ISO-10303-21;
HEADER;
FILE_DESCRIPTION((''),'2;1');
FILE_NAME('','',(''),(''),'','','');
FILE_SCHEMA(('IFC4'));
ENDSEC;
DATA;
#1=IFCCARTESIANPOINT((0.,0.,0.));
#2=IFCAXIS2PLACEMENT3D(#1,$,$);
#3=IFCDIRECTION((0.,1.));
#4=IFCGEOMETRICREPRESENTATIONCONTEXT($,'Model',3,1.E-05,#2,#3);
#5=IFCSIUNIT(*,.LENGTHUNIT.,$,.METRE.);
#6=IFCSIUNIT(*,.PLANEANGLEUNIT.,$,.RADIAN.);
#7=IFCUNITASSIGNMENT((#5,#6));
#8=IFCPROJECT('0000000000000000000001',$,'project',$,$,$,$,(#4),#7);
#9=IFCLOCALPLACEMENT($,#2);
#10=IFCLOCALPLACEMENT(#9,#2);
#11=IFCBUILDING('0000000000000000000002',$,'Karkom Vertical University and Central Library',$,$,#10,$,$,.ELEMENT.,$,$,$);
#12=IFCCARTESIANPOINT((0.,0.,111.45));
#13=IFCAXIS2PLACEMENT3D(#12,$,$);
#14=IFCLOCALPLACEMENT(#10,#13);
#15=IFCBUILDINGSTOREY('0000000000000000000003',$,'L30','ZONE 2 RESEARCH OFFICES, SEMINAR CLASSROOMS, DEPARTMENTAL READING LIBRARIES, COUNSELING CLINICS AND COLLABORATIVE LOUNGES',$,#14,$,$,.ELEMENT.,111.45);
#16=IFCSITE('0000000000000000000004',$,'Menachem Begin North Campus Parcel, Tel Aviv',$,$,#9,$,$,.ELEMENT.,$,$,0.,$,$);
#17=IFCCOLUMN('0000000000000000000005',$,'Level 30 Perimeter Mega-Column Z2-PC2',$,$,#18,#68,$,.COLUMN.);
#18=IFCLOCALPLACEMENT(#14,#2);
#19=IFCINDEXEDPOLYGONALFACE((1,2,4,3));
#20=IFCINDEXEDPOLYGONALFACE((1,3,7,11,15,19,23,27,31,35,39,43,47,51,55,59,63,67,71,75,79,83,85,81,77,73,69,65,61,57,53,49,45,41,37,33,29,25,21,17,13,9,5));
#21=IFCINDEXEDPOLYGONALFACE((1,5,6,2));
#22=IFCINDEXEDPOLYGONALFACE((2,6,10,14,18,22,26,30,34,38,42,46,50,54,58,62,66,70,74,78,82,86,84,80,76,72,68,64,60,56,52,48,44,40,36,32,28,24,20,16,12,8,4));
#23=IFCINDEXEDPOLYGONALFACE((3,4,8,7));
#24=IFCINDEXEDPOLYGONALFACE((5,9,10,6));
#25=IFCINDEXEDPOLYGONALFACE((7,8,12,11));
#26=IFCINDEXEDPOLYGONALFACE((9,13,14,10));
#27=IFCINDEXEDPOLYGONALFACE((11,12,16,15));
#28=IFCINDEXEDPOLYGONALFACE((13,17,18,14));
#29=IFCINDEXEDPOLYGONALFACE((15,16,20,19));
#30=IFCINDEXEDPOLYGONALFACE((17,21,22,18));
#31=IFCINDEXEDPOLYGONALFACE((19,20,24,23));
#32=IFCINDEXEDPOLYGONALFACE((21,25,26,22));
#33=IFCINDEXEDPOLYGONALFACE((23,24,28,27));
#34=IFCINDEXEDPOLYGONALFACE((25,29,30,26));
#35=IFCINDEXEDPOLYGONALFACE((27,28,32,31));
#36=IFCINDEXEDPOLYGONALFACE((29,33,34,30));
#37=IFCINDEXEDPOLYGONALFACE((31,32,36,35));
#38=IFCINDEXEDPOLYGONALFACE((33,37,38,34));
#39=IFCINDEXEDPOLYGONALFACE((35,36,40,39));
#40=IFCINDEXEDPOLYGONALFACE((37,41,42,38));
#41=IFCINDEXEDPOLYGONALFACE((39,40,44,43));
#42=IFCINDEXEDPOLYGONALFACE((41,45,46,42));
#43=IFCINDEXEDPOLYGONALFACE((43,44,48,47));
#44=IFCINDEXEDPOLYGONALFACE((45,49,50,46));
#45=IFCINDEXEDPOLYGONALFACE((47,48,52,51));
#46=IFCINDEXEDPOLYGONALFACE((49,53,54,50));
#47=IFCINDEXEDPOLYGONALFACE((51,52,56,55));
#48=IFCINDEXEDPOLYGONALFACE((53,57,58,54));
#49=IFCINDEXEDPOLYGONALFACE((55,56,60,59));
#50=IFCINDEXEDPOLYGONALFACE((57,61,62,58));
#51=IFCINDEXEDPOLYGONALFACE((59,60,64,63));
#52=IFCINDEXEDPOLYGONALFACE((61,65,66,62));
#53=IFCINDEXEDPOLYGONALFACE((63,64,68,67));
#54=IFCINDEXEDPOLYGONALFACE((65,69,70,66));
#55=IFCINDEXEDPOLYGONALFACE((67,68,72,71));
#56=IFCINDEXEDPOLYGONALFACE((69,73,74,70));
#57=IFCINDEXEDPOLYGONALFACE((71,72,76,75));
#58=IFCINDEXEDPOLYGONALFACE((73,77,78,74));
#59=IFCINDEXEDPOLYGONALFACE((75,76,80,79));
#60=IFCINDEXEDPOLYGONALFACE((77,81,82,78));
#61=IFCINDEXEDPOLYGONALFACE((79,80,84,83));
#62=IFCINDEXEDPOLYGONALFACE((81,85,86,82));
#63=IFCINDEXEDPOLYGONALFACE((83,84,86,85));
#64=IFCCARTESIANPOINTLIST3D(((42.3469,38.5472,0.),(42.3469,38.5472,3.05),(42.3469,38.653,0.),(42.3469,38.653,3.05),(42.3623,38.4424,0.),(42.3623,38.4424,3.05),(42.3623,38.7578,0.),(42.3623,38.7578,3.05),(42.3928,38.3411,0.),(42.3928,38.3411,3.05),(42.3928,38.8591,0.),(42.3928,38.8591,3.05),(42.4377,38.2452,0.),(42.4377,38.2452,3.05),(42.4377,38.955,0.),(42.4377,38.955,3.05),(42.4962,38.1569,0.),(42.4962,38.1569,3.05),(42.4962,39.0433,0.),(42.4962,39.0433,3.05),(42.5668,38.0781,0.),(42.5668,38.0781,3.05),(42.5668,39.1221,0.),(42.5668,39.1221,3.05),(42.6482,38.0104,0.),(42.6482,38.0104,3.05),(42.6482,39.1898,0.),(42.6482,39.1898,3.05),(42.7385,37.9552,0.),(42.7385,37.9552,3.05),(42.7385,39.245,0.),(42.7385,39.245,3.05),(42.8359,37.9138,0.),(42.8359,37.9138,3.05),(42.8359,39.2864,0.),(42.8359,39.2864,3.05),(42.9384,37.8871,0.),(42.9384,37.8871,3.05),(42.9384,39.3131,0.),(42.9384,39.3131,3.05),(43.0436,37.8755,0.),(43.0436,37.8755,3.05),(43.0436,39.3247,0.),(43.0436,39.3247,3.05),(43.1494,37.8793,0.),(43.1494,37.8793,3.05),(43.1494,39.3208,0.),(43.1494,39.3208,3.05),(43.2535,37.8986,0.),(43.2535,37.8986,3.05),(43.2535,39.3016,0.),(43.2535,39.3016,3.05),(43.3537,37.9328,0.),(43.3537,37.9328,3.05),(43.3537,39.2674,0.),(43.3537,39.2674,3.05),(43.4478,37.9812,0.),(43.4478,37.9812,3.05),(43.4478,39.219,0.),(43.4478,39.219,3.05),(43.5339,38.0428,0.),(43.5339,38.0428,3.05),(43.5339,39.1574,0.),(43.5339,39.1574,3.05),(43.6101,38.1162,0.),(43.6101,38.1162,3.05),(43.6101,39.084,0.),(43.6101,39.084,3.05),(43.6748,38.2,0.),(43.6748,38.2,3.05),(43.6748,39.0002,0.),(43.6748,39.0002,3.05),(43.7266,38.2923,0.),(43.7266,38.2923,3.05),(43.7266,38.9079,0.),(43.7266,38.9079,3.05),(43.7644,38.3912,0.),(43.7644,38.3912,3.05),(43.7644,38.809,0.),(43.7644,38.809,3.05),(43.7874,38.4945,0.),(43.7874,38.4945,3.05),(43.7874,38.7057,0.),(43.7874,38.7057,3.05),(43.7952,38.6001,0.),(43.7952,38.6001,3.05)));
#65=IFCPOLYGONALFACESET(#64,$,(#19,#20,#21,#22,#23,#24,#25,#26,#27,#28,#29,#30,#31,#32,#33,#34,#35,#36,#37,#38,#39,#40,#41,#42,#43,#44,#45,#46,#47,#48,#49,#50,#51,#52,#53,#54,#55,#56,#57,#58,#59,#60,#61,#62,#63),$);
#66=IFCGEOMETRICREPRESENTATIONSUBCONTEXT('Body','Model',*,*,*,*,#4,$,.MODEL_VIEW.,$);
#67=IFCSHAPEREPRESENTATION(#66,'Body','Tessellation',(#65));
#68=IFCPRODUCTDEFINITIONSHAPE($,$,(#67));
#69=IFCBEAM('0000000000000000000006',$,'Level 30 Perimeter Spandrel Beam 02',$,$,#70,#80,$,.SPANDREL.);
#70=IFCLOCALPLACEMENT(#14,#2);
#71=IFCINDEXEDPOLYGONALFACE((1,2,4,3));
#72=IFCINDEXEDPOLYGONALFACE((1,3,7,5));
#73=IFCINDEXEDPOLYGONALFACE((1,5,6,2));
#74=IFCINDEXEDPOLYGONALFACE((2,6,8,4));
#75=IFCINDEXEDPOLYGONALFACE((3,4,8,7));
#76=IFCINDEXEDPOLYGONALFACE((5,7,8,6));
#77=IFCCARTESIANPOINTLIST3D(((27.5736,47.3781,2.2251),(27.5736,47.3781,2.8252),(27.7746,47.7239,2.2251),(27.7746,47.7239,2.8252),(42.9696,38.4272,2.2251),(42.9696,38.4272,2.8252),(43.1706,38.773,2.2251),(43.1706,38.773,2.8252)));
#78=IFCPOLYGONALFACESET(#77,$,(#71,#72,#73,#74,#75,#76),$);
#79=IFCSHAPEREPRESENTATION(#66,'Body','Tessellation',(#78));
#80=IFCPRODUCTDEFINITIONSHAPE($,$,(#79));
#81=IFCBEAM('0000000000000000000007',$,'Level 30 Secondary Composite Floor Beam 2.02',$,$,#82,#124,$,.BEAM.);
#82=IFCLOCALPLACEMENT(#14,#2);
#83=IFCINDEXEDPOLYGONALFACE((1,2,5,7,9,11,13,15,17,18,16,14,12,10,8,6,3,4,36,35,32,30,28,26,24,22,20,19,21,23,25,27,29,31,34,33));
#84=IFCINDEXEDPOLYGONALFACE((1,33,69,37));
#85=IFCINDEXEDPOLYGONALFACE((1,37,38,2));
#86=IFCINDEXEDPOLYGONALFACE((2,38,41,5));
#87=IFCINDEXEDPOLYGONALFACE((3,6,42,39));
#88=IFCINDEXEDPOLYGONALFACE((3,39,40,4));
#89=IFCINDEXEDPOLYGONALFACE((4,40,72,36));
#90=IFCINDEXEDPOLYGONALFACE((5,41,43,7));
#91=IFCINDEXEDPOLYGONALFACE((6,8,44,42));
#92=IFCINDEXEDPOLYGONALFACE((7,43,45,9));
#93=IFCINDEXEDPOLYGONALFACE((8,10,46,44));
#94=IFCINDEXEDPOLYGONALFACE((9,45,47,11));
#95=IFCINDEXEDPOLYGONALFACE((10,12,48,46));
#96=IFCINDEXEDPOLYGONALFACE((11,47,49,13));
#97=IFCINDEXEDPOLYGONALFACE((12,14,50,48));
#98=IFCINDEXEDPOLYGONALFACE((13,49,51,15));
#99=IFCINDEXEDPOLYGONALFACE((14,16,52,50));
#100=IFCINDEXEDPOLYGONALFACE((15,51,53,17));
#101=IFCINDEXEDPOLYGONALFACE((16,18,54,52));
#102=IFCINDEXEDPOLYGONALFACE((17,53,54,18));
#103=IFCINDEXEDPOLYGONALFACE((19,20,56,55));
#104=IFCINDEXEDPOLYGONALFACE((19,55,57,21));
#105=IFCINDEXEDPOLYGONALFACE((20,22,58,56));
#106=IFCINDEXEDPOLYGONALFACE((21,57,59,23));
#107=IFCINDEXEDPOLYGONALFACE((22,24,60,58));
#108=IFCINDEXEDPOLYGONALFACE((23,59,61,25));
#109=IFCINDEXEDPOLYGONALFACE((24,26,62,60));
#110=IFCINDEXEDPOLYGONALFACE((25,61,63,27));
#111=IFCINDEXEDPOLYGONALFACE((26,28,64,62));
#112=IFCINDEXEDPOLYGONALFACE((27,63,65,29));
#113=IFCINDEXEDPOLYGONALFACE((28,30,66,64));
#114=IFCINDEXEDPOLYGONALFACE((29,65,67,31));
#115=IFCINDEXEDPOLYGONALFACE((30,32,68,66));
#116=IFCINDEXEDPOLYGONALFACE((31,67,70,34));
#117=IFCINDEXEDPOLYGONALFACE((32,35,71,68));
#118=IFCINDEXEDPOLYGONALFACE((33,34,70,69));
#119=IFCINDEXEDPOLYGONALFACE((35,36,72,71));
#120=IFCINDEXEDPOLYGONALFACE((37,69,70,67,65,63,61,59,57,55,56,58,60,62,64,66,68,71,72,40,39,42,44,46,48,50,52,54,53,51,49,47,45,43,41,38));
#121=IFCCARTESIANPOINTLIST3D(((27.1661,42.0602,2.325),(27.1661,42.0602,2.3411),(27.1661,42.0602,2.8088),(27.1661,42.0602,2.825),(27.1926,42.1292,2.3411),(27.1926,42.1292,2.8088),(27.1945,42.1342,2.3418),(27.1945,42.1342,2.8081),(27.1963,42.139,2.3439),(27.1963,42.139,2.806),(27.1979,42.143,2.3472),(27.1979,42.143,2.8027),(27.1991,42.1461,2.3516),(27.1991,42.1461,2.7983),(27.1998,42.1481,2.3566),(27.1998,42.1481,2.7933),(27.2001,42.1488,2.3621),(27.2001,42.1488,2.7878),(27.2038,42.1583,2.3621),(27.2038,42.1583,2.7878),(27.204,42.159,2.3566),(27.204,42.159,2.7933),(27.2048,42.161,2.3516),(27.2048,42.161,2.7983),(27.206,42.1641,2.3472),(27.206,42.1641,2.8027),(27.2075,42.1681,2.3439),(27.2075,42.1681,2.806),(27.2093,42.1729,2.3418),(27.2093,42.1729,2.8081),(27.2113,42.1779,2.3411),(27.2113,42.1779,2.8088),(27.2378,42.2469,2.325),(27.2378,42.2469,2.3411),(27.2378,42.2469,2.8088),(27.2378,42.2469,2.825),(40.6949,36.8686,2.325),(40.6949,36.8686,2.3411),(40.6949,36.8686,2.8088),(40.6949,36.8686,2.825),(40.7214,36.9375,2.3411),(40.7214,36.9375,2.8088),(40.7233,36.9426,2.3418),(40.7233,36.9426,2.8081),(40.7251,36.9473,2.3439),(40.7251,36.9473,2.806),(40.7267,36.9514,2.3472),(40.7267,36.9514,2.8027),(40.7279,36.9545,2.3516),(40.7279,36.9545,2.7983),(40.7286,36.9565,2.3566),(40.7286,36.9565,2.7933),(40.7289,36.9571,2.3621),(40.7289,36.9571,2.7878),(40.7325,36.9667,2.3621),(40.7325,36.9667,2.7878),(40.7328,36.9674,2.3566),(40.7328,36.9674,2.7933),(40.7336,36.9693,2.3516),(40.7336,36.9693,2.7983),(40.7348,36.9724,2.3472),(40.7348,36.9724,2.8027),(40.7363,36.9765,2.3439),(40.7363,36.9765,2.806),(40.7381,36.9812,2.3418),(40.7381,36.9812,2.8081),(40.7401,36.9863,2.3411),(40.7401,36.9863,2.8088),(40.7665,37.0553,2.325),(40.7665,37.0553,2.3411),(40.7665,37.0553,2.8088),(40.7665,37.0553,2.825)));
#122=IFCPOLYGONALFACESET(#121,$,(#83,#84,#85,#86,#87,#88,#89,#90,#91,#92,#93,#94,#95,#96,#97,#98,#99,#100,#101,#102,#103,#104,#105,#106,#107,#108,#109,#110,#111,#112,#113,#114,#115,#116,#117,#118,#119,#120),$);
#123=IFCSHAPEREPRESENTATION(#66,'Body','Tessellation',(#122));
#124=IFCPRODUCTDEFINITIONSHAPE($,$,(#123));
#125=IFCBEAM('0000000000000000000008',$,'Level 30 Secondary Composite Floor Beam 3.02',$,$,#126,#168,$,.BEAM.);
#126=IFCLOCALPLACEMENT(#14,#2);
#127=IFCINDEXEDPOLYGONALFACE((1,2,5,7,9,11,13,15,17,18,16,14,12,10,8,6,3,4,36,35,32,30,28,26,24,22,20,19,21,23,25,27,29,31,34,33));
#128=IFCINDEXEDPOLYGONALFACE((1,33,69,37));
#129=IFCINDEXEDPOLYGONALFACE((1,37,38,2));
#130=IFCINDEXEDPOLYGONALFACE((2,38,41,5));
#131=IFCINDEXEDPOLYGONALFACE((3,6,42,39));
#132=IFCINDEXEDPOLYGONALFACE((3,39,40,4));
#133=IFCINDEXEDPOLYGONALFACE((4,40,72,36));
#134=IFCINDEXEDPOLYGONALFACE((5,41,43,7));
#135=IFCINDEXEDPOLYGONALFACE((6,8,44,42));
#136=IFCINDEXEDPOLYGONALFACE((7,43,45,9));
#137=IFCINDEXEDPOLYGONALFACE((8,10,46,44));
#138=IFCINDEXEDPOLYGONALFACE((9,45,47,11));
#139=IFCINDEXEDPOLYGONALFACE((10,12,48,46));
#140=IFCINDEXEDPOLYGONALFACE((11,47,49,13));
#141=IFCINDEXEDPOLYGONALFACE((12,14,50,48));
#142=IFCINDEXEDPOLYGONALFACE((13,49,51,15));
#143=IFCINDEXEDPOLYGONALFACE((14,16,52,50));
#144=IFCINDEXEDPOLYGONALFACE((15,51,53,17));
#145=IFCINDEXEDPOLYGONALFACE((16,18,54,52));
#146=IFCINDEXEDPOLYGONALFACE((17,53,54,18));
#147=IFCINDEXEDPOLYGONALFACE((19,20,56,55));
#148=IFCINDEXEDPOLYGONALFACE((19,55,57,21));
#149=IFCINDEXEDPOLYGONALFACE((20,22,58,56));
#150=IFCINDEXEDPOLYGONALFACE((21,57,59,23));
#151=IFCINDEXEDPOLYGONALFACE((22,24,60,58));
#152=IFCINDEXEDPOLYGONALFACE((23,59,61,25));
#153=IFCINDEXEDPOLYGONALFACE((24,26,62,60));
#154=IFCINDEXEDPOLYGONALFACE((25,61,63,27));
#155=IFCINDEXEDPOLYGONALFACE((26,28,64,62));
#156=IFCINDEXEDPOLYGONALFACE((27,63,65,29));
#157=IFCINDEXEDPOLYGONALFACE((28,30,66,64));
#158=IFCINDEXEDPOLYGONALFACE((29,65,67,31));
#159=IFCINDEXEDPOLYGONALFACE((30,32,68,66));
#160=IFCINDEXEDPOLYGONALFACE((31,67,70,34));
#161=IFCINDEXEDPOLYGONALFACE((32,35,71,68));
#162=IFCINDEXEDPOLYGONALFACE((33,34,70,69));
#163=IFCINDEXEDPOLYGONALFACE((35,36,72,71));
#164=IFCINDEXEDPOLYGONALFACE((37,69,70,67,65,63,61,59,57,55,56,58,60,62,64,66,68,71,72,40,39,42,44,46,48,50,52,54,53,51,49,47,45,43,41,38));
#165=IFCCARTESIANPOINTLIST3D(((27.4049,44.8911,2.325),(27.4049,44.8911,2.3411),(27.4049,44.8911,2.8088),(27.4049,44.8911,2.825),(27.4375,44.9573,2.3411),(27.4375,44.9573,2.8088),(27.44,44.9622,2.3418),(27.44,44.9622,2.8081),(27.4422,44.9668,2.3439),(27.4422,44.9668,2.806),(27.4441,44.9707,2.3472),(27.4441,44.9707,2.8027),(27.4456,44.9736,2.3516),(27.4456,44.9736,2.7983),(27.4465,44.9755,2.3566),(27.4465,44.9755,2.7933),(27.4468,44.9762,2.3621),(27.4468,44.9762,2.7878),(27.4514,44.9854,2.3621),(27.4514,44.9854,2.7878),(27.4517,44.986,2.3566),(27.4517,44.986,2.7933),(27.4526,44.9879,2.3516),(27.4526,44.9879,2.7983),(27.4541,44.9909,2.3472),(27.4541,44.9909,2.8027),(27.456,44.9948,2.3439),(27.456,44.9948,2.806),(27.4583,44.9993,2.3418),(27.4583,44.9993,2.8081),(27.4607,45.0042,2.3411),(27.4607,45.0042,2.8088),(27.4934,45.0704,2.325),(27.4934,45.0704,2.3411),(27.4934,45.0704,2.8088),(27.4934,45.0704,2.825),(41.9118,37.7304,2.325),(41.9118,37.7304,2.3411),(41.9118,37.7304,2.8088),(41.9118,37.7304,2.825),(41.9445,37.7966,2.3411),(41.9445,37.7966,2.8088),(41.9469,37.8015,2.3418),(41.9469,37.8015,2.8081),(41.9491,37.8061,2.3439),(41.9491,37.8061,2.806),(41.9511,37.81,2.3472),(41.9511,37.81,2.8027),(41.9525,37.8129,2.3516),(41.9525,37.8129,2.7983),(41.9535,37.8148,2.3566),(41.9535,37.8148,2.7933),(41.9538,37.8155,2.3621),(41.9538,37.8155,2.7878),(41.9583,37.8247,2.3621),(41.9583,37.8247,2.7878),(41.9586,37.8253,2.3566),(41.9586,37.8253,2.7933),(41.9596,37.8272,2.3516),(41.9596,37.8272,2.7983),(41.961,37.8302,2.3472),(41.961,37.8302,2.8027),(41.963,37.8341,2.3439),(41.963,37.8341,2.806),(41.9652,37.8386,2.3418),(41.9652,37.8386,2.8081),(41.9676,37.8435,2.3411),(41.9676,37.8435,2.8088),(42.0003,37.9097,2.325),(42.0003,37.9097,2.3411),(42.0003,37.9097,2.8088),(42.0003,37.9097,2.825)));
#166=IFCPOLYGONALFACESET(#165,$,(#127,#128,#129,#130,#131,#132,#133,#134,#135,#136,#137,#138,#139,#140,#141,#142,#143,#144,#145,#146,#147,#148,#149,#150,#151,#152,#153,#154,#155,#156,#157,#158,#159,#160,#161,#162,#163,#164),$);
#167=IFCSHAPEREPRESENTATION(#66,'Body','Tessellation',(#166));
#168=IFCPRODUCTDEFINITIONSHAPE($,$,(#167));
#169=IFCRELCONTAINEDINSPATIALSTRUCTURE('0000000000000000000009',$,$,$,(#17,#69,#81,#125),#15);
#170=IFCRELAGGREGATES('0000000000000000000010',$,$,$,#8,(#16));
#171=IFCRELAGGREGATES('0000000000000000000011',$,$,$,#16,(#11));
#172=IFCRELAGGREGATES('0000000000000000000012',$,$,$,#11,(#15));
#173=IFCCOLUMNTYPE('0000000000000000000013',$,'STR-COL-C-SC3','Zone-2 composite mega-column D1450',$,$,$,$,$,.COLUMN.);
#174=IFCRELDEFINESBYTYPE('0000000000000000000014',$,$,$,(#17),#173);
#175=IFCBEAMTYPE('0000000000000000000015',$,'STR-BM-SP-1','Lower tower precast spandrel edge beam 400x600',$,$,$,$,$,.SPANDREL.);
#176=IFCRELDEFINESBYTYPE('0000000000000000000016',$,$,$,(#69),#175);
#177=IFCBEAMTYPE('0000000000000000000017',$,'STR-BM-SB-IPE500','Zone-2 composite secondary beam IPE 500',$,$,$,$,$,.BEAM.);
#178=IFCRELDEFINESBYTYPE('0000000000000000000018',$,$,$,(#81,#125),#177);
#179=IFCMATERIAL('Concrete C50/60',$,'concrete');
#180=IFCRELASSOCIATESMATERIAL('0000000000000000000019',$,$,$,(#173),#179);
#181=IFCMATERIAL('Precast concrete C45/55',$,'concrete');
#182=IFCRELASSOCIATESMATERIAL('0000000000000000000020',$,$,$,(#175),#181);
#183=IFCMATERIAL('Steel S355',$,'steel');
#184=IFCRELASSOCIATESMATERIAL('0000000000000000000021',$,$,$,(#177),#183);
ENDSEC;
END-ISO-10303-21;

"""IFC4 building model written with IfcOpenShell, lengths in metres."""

from ifc_helpers import new_model, si_unit, direction, frame, origin, origin_with_axes, origin_2d, place, context, subcontext, project, spatial, rectangle, circle, i_section, extrude, source, transform, mapped, material, material_profile, profile_set, type_object, element, save


model = new_model("IFC4")

# Units and contexts
model_context = context("Model", 3, precision=1e-05, world=origin(), true_north=direction((0.0, 1.0)))
body_context = subcontext(model_context, "Body", "Model", "MODEL_VIEW")
ifc_project = project(units=[si_unit("LENGTHUNIT", "METRE"), si_unit("PLANEANGLEUNIT", "RADIAN")], contexts=[model_context])

# Site, building, storey
site_placement = place(None, origin())
site = spatial("IfcSite", under=ifc_project, at=site_placement, Name="Menachem Begin North Campus Parcel, Tel Aviv", CompositionType="ELEMENT", RefElevation=0.0)
building_placement = place(site_placement, origin())
building = spatial("IfcBuilding", under=site, at=building_placement, Name="Karkom Vertical University and Central Library", CompositionType="ELEMENT")
storey_placement = place(building_placement, frame((0.0, 0.0, 111.45)))
storey = spatial("IfcBuildingStorey", under=building, at=storey_placement, Name="L30", Description="ZONE 2 RESEARCH OFFICES, SEMINAR CLASSROOMS, DEPARTMENTAL READING LIBRARIES, COUNSELING CLINICS AND COLLABORATIVE LOUNGES", CompositionType="ELEMENT", Elevation=111.45)

# Column
ifc_material_1 = material(Name="Concrete C50/60", Category="concrete")
ifc_material_profile_1 = material_profile(ifc_material_1, circle(Radius=0.7251, at=origin_2d()), Name="CFT-D1450")
ifc_profile_set_1 = profile_set([ifc_material_profile_1], Name="Concrete C50/60")
column_type = type_object("IfcColumnType", Name="STR-COL-C-SC3", Description="Zone-2 composite mega-column D1450", PredefinedType="COLUMN", material=ifc_profile_set_1)
shared_shape_1 = source(origin_with_axes(), body_context, "Body", "SweptSolid", [
    extrude(circle(Radius=0.7251, at=origin_2d()), origin(), (0.0, 0.0, 1.0), 3.05),
])
column_placement = place(storey_placement, frame((43.0701, 38.6001, 0.0), z_axis=(0.0, 0.0, 1.0), x_axis=(1.0, 0.0, 0.0)))
element("IfcColumn", 1, at=column_placement, inside=storey, type_object=column_type, Name="Level 30 Perimeter Mega-Column Z2-PC2", PredefinedType="COLUMN", context=body_context, shape_type="MappedRepresentation", body=[
    mapped(shared_shape_1, transform((0.0, 0.0, 0.0), scale=1.0)),
])

# Beams
ifc_material_2 = material(Name="Precast concrete C45/55", Category="concrete")
ifc_material_profile_2 = material_profile(ifc_material_2, rectangle(XDim=0.3999, YDim=0.6001, at=origin_2d()), Name="SPB-400x600")
ifc_profile_set_2 = profile_set([ifc_material_profile_2], Name="Precast concrete C45/55")
beam_type_1 = type_object("IfcBeamType", Name="STR-BM-SP-1", Description="Lower tower precast spandrel edge beam 400x600", PredefinedType="SPANDREL", material=ifc_profile_set_2)
shared_shape_2 = source(origin_with_axes(), body_context, "Body", "SweptSolid", [
    extrude(rectangle(XDim=0.3999, YDim=0.6001, at=origin_2d()), origin(), (0.0, 0.0, 1.0), 17.8088),
])
beam_1_placement = place(storey_placement, frame((43.0701, 38.6001, 2.5251), z_axis=(-0.864513, 0.502611, 0.0), x_axis=(-0.502611, -0.864513, 0.0)))
element("IfcBeam", 2, at=beam_1_placement, inside=storey, type_object=beam_type_1, Name="Level 30 Perimeter Spandrel Beam 02", PredefinedType="SPANDREL", context=body_context, shape_type="MappedRepresentation", body=[
    mapped(shared_shape_2, transform((0.0, 0.0, 0.0), scale=1.0)),
])
ifc_material_3 = material(Name="Steel S355", Category="steel")
ifc_material_profile_3 = material_profile(ifc_material_3, i_section(OverallWidth=0.2, OverallDepth=0.5, WebThickness=0.0103, FlangeThickness=0.0161, FilletRadius=0.021, at=origin_2d()), Name="IPE 500")
ifc_profile_set_3 = profile_set([ifc_material_profile_3], Name="Steel S355")
beam_type_2 = type_object("IfcBeamType", Name="STR-BM-SB-IPE500", Description="Zone-2 composite secondary beam IPE 500", PredefinedType="BEAM", material=ifc_profile_set_3)
shared_shape_3 = source(origin_with_axes(), body_context, "Body", "SweptSolid", [
    extrude(i_section(OverallWidth=0.2, OverallDepth=0.5, WebThickness=0.0103, FlangeThickness=0.0161, FilletRadius=0.021, at=origin_2d()), origin(), (0.0, 0.0, 1.0), 14.4907),
])
beam_2_placement = place(storey_placement, frame((40.7307, 36.9619, 2.575), z_axis=(-0.933617, 0.358273, 0.0), x_axis=(-0.358273, -0.933617, 0.0)))
element("IfcBeam", 3, at=beam_2_placement, inside=storey, type_object=beam_type_2, Name="Level 30 Secondary Composite Floor Beam 2.02", PredefinedType="BEAM", context=body_context, shape_type="MappedRepresentation", body=[
    mapped(shared_shape_3, transform((0.0, 0.0, 0.0), scale=1.0)),
])
shared_shape_4 = source(origin_with_axes(), body_context, "Body", "SweptSolid", [
    extrude(i_section(OverallWidth=0.2, OverallDepth=0.5, WebThickness=0.0103, FlangeThickness=0.0161, FilletRadius=0.021, at=origin_2d()), origin(), (0.0, 0.0, 1.0), 16.178),
])
beam_3_placement = place(storey_placement, frame((41.9561, 37.8201, 2.575), z_axis=(-0.896709, 0.44262, 0.0), x_axis=(-0.44262, -0.896709, 0.0)))
element("IfcBeam", 4, at=beam_3_placement, inside=storey, type_object=beam_type_2, Name="Level 30 Secondary Composite Floor Beam 3.02", PredefinedType="BEAM", context=body_context, shape_type="MappedRepresentation", body=[
    mapped(shared_shape_4, transform((0.0, 0.0, 0.0), scale=1.0)),
])

save(model, "model.ifc")
